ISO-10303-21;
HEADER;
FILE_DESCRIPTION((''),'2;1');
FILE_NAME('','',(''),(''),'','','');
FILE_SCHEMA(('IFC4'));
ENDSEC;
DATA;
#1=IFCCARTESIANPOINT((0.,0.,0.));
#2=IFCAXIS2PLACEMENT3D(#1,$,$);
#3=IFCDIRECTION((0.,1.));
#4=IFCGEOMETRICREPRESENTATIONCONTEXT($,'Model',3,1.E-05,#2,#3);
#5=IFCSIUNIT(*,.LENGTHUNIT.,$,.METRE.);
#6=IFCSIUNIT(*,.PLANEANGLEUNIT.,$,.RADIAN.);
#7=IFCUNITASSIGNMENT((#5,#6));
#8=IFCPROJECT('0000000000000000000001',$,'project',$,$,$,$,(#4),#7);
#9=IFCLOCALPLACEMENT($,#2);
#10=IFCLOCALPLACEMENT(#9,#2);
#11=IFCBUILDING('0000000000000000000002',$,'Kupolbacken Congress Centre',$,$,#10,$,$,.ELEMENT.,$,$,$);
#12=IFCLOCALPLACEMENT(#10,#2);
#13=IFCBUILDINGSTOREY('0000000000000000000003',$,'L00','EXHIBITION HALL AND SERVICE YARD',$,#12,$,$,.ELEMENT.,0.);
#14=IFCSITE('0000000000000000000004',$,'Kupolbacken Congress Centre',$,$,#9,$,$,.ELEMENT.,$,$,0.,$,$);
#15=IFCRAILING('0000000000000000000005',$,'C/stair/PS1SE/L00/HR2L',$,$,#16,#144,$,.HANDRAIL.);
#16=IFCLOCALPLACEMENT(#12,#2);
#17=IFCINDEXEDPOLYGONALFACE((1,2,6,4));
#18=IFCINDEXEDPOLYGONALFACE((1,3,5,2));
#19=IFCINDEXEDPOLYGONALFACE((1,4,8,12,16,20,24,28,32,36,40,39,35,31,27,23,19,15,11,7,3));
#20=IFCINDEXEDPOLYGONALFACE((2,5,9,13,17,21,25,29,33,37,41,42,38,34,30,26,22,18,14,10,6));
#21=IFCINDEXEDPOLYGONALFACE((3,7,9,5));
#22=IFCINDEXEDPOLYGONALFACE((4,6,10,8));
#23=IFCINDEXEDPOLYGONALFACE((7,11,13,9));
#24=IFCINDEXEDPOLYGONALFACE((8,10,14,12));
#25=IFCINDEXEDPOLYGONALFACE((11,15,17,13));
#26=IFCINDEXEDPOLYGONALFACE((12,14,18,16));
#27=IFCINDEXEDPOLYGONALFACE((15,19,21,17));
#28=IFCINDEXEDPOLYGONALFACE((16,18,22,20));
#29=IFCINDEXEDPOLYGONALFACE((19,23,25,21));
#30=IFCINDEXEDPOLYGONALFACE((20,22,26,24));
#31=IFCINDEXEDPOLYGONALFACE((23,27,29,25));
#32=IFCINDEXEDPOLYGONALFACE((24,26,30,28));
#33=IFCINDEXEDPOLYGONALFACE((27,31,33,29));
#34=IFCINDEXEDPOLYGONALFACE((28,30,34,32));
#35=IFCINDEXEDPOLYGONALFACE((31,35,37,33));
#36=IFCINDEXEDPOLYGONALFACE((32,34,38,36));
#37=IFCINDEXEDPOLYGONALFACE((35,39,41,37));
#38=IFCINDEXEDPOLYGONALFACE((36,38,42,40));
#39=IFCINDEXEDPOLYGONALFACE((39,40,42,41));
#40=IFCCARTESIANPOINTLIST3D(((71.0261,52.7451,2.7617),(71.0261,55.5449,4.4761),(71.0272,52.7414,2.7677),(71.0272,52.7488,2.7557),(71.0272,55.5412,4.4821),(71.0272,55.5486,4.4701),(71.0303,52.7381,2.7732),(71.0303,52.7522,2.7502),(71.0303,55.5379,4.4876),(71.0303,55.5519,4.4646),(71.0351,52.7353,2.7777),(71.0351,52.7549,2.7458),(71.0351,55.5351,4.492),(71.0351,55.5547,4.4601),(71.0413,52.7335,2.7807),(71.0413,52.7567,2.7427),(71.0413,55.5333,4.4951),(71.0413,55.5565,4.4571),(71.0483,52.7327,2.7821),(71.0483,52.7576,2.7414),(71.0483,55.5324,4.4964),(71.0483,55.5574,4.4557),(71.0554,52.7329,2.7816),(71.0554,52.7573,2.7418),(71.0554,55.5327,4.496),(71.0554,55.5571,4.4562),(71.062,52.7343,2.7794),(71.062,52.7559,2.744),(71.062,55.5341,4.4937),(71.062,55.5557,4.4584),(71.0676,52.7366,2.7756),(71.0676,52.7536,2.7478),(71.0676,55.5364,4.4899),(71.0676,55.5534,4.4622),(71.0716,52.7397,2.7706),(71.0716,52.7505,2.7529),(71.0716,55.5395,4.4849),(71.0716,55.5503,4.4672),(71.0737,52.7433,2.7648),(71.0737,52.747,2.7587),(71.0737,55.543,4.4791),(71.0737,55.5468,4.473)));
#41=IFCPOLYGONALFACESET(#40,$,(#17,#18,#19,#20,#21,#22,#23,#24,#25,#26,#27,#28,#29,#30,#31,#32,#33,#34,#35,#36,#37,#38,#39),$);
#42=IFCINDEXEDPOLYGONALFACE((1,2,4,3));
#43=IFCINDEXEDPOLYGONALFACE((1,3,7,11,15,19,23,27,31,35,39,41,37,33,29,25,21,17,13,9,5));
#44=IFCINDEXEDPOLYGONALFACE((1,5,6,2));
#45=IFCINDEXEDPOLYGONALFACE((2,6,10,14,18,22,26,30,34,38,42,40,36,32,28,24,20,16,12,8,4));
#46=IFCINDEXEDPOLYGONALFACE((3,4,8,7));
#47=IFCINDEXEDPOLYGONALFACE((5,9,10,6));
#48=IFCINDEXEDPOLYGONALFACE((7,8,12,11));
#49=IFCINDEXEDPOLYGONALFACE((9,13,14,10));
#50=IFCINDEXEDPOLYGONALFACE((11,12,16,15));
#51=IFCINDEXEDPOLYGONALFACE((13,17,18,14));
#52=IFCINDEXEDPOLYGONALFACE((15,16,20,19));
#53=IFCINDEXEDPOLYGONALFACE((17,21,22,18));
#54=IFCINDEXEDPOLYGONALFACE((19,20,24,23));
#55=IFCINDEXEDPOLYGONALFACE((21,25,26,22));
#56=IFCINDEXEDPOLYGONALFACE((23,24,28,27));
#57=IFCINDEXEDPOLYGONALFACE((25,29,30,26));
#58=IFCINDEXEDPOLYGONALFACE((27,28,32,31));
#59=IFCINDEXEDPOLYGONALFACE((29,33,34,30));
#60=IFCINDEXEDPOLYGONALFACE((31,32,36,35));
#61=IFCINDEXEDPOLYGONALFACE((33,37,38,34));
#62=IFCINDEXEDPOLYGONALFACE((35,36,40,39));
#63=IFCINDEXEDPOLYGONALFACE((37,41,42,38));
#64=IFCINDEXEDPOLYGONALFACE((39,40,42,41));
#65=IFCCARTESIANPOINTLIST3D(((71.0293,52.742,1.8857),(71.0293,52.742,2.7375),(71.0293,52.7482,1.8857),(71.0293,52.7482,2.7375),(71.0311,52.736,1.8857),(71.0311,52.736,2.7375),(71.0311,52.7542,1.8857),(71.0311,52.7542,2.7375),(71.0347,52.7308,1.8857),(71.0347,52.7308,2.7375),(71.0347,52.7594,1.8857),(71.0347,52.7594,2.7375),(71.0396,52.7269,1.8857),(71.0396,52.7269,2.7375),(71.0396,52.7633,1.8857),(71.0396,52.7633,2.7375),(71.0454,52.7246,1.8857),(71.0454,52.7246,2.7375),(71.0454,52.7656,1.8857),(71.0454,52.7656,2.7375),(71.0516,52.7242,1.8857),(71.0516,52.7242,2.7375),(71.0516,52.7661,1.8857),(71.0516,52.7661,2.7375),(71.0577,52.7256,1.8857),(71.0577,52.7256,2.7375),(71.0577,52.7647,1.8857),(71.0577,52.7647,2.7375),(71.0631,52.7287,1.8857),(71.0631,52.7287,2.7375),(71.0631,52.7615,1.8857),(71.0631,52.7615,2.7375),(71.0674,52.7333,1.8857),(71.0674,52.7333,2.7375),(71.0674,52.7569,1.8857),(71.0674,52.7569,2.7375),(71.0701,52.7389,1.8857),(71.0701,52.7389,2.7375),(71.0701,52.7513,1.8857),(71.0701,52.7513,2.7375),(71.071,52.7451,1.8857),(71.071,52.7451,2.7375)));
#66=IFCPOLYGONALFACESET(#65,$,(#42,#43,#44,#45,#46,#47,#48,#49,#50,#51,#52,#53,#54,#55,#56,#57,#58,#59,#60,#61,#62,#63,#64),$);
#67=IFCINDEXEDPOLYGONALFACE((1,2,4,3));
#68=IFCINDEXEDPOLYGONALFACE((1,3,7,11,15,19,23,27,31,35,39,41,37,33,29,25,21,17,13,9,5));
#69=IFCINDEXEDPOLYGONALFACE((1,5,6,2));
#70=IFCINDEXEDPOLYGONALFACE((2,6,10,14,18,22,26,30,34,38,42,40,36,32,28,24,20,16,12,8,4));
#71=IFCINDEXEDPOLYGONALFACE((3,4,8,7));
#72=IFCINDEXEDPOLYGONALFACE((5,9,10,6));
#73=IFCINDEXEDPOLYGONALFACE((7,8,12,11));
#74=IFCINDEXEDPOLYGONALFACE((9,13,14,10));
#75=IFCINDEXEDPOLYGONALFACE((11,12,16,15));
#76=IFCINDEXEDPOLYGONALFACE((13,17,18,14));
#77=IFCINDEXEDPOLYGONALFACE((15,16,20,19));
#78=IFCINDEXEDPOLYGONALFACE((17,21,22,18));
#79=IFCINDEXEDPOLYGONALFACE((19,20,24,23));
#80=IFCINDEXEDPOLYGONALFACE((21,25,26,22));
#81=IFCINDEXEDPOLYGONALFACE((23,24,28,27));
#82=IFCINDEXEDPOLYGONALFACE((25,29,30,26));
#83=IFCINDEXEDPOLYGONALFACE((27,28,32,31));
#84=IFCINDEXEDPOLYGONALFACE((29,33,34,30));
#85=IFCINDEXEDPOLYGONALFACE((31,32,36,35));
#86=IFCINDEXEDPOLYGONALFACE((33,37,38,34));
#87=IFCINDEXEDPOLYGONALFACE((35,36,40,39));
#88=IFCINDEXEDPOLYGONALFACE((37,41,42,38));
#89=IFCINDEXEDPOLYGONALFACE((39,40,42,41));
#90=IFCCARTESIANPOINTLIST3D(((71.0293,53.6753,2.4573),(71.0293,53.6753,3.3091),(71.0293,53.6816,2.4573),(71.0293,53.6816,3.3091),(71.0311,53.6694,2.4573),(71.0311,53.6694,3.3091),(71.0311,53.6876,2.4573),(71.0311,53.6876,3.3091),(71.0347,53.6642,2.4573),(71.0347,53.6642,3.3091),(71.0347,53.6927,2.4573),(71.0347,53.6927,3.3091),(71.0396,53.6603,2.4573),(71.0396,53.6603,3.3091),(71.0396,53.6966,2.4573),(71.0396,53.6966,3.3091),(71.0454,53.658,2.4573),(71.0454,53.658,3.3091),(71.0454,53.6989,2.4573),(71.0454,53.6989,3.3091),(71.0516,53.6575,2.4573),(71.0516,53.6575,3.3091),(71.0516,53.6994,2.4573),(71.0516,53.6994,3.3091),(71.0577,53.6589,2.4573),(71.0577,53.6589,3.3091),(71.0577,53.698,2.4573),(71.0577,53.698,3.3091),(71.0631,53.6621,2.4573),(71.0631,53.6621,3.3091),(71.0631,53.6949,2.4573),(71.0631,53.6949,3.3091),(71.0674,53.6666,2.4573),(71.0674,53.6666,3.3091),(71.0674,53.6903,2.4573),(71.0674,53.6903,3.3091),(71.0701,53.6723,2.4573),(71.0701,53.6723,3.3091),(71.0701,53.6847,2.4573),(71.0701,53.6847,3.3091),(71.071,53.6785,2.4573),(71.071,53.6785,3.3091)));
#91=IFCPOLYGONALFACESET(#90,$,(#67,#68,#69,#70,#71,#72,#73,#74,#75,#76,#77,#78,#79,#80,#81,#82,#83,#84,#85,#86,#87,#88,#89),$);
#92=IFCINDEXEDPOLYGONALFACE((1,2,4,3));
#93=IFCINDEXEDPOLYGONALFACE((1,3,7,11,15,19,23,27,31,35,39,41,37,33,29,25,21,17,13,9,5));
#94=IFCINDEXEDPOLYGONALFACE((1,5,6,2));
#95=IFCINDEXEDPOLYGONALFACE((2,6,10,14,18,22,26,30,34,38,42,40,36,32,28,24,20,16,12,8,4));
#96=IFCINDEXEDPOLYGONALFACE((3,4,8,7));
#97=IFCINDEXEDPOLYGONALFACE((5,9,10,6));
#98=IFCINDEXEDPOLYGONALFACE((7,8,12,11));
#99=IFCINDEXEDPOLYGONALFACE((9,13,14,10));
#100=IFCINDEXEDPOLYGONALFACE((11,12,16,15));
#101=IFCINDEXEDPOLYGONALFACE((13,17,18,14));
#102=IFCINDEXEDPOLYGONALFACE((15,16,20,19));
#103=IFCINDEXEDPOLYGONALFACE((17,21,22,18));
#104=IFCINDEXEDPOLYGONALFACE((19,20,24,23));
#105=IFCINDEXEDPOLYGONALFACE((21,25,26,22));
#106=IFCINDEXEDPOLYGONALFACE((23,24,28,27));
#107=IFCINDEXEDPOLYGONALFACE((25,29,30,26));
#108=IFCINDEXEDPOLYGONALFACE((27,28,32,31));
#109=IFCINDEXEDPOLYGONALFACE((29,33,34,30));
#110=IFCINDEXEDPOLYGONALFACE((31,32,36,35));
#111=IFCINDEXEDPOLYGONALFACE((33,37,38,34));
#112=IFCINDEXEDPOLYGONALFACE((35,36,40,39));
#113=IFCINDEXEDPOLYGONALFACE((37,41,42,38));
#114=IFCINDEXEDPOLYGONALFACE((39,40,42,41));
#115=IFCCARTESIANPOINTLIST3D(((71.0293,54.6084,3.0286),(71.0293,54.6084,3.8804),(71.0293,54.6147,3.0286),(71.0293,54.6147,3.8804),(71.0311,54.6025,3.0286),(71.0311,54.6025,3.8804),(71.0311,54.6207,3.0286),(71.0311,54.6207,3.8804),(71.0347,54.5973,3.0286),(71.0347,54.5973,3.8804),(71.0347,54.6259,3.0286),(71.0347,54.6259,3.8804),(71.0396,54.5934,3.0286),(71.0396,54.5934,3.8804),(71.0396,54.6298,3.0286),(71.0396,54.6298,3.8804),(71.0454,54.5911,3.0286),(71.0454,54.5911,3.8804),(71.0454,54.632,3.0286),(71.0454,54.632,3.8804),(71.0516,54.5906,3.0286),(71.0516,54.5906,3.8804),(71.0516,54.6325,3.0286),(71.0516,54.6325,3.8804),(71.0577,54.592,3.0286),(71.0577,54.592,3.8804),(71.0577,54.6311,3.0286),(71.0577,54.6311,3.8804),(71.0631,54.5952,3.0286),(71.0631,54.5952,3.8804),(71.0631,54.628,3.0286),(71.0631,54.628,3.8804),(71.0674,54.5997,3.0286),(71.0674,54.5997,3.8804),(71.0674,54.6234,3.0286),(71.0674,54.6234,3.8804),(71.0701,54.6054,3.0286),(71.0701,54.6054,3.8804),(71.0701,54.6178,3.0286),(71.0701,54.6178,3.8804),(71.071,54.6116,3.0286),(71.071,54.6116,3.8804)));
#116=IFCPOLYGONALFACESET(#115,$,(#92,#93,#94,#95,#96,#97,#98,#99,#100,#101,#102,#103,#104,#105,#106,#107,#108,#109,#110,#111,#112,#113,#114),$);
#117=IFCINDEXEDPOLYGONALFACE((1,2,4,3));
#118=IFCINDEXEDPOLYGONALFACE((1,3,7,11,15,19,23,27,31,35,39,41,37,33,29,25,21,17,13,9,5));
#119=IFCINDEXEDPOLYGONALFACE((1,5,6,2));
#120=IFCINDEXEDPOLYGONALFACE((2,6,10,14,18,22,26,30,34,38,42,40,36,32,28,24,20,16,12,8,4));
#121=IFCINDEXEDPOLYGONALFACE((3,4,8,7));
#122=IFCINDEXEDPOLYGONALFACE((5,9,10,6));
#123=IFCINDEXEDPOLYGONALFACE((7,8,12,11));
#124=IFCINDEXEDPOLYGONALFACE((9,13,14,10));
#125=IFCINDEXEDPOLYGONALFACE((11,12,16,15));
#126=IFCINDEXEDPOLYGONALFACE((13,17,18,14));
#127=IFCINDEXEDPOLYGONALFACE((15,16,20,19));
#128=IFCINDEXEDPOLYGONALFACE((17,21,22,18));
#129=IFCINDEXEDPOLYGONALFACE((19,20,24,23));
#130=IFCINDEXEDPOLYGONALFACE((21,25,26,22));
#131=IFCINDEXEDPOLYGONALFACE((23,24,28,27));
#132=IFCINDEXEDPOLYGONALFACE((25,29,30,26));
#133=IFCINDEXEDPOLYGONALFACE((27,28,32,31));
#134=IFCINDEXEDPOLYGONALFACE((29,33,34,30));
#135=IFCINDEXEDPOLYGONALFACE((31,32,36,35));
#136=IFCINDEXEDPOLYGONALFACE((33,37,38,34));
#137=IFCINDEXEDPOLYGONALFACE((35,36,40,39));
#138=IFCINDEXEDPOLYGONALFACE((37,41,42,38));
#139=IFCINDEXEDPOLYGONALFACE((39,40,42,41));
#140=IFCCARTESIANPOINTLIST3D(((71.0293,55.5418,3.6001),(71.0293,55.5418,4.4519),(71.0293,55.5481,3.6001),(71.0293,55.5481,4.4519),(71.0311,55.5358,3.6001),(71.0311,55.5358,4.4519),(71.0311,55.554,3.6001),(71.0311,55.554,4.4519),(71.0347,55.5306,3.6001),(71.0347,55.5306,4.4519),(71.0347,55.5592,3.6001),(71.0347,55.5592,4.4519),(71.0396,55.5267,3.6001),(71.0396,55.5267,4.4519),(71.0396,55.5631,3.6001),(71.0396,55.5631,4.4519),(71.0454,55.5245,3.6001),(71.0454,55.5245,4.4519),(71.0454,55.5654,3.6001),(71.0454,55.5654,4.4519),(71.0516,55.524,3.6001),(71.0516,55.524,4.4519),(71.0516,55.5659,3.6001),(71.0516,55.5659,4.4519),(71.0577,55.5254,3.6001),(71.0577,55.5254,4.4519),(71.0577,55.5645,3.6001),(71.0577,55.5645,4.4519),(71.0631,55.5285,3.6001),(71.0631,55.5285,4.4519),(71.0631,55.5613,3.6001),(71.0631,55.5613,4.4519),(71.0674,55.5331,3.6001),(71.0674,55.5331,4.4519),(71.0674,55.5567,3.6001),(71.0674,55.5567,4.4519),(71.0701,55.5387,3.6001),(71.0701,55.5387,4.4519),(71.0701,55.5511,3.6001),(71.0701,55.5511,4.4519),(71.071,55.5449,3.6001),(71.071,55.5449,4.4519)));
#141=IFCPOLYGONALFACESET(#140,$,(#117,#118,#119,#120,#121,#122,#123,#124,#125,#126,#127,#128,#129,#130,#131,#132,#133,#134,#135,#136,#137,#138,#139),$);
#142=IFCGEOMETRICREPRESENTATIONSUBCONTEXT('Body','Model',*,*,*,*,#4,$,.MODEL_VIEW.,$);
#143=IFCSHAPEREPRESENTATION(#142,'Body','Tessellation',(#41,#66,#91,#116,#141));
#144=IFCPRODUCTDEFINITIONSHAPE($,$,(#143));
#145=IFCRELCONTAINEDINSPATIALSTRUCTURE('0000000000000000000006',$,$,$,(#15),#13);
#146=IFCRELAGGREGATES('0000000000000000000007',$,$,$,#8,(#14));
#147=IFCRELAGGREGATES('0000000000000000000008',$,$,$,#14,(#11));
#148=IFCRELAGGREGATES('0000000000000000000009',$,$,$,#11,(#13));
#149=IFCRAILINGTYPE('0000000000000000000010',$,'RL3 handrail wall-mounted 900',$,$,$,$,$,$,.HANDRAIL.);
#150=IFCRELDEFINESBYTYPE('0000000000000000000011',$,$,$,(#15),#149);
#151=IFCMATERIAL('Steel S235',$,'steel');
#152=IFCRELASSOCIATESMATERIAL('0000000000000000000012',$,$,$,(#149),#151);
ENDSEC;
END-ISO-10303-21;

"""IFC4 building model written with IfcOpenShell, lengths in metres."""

from ifc_helpers import new_model, si_unit, direction, frame, origin, origin_2d, place, context, subcontext, project, spatial, circle, extrude, material, type_object, element, save


model = new_model("IFC4")

# Units and contexts
model_context = context("Model", 3, precision=1e-05, world=origin(), true_north=direction((0.0, 1.0)))
body_context = subcontext(model_context, "Body", "Model", "MODEL_VIEW")
ifc_project = project(units=[si_unit("LENGTHUNIT", "METRE"), si_unit("PLANEANGLEUNIT", "RADIAN")], contexts=[model_context])

# Site, building, storey
site_placement = place(None, origin())
site = spatial("IfcSite", under=ifc_project, at=site_placement, Name="Kupolbacken Congress Centre", CompositionType="ELEMENT", RefElevation=0.0)
building_placement = place(site_placement, origin())
building = spatial("IfcBuilding", under=site, at=building_placement, Name="Kupolbacken Congress Centre", CompositionType="ELEMENT")
storey_placement = place(building_placement, origin())
storey = spatial("IfcBuildingStorey", under=building, at=storey_placement, Name="L00", Description="EXHIBITION HALL AND SERVICE YARD", CompositionType="ELEMENT", Elevation=0.0)

# Railing
ifc_material_1 = material(Name="Steel S235", Category="steel")
railing_type = type_object("IfcRailingType", Name="RL3 handrail wall-mounted 900", PredefinedType="HANDRAIL", material=ifc_material_1)
for number, where, name in (
    (1, (71.05, 52.7451, 1.8857), "C/stair/PS1SE/L00/HR2L"),
):
    element("IfcRailing", number, at=place(storey_placement, frame(where)), inside=storey, type_object=railing_type, Name=name, PredefinedType="HANDRAIL", context=body_context, shape_type="SweptSolid", body=[
        extrude(circle(Radius=0.0239, at=origin_2d()), frame((0.0, 0.0, 0.876), z_axis=(0.0, 0.852826, 0.522196), x_axis=(-1.0, 0.0, 0.0)), (0.0, 0.0, 1.0), 3.283),
        extrude(circle(Radius=0.021, at=origin_2d()), origin(), (0.0, 0.0, 1.0), 0.8518),
        extrude(circle(Radius=0.021, at=origin_2d()), frame((0.0, 0.9333, 0.5715)), (0.0, 0.0, 1.0), 0.8518),
        extrude(circle(Radius=0.021, at=origin_2d()), frame((0.0, 1.8665, 1.1428)), (0.0, 0.0, 1.0), 0.8518),
        extrude(circle(Radius=0.021, at=origin_2d()), frame((0.0, 2.7998, 1.7144)), (0.0, 0.0, 1.0), 0.8518),
    ])

save(model, "model.ifc")
